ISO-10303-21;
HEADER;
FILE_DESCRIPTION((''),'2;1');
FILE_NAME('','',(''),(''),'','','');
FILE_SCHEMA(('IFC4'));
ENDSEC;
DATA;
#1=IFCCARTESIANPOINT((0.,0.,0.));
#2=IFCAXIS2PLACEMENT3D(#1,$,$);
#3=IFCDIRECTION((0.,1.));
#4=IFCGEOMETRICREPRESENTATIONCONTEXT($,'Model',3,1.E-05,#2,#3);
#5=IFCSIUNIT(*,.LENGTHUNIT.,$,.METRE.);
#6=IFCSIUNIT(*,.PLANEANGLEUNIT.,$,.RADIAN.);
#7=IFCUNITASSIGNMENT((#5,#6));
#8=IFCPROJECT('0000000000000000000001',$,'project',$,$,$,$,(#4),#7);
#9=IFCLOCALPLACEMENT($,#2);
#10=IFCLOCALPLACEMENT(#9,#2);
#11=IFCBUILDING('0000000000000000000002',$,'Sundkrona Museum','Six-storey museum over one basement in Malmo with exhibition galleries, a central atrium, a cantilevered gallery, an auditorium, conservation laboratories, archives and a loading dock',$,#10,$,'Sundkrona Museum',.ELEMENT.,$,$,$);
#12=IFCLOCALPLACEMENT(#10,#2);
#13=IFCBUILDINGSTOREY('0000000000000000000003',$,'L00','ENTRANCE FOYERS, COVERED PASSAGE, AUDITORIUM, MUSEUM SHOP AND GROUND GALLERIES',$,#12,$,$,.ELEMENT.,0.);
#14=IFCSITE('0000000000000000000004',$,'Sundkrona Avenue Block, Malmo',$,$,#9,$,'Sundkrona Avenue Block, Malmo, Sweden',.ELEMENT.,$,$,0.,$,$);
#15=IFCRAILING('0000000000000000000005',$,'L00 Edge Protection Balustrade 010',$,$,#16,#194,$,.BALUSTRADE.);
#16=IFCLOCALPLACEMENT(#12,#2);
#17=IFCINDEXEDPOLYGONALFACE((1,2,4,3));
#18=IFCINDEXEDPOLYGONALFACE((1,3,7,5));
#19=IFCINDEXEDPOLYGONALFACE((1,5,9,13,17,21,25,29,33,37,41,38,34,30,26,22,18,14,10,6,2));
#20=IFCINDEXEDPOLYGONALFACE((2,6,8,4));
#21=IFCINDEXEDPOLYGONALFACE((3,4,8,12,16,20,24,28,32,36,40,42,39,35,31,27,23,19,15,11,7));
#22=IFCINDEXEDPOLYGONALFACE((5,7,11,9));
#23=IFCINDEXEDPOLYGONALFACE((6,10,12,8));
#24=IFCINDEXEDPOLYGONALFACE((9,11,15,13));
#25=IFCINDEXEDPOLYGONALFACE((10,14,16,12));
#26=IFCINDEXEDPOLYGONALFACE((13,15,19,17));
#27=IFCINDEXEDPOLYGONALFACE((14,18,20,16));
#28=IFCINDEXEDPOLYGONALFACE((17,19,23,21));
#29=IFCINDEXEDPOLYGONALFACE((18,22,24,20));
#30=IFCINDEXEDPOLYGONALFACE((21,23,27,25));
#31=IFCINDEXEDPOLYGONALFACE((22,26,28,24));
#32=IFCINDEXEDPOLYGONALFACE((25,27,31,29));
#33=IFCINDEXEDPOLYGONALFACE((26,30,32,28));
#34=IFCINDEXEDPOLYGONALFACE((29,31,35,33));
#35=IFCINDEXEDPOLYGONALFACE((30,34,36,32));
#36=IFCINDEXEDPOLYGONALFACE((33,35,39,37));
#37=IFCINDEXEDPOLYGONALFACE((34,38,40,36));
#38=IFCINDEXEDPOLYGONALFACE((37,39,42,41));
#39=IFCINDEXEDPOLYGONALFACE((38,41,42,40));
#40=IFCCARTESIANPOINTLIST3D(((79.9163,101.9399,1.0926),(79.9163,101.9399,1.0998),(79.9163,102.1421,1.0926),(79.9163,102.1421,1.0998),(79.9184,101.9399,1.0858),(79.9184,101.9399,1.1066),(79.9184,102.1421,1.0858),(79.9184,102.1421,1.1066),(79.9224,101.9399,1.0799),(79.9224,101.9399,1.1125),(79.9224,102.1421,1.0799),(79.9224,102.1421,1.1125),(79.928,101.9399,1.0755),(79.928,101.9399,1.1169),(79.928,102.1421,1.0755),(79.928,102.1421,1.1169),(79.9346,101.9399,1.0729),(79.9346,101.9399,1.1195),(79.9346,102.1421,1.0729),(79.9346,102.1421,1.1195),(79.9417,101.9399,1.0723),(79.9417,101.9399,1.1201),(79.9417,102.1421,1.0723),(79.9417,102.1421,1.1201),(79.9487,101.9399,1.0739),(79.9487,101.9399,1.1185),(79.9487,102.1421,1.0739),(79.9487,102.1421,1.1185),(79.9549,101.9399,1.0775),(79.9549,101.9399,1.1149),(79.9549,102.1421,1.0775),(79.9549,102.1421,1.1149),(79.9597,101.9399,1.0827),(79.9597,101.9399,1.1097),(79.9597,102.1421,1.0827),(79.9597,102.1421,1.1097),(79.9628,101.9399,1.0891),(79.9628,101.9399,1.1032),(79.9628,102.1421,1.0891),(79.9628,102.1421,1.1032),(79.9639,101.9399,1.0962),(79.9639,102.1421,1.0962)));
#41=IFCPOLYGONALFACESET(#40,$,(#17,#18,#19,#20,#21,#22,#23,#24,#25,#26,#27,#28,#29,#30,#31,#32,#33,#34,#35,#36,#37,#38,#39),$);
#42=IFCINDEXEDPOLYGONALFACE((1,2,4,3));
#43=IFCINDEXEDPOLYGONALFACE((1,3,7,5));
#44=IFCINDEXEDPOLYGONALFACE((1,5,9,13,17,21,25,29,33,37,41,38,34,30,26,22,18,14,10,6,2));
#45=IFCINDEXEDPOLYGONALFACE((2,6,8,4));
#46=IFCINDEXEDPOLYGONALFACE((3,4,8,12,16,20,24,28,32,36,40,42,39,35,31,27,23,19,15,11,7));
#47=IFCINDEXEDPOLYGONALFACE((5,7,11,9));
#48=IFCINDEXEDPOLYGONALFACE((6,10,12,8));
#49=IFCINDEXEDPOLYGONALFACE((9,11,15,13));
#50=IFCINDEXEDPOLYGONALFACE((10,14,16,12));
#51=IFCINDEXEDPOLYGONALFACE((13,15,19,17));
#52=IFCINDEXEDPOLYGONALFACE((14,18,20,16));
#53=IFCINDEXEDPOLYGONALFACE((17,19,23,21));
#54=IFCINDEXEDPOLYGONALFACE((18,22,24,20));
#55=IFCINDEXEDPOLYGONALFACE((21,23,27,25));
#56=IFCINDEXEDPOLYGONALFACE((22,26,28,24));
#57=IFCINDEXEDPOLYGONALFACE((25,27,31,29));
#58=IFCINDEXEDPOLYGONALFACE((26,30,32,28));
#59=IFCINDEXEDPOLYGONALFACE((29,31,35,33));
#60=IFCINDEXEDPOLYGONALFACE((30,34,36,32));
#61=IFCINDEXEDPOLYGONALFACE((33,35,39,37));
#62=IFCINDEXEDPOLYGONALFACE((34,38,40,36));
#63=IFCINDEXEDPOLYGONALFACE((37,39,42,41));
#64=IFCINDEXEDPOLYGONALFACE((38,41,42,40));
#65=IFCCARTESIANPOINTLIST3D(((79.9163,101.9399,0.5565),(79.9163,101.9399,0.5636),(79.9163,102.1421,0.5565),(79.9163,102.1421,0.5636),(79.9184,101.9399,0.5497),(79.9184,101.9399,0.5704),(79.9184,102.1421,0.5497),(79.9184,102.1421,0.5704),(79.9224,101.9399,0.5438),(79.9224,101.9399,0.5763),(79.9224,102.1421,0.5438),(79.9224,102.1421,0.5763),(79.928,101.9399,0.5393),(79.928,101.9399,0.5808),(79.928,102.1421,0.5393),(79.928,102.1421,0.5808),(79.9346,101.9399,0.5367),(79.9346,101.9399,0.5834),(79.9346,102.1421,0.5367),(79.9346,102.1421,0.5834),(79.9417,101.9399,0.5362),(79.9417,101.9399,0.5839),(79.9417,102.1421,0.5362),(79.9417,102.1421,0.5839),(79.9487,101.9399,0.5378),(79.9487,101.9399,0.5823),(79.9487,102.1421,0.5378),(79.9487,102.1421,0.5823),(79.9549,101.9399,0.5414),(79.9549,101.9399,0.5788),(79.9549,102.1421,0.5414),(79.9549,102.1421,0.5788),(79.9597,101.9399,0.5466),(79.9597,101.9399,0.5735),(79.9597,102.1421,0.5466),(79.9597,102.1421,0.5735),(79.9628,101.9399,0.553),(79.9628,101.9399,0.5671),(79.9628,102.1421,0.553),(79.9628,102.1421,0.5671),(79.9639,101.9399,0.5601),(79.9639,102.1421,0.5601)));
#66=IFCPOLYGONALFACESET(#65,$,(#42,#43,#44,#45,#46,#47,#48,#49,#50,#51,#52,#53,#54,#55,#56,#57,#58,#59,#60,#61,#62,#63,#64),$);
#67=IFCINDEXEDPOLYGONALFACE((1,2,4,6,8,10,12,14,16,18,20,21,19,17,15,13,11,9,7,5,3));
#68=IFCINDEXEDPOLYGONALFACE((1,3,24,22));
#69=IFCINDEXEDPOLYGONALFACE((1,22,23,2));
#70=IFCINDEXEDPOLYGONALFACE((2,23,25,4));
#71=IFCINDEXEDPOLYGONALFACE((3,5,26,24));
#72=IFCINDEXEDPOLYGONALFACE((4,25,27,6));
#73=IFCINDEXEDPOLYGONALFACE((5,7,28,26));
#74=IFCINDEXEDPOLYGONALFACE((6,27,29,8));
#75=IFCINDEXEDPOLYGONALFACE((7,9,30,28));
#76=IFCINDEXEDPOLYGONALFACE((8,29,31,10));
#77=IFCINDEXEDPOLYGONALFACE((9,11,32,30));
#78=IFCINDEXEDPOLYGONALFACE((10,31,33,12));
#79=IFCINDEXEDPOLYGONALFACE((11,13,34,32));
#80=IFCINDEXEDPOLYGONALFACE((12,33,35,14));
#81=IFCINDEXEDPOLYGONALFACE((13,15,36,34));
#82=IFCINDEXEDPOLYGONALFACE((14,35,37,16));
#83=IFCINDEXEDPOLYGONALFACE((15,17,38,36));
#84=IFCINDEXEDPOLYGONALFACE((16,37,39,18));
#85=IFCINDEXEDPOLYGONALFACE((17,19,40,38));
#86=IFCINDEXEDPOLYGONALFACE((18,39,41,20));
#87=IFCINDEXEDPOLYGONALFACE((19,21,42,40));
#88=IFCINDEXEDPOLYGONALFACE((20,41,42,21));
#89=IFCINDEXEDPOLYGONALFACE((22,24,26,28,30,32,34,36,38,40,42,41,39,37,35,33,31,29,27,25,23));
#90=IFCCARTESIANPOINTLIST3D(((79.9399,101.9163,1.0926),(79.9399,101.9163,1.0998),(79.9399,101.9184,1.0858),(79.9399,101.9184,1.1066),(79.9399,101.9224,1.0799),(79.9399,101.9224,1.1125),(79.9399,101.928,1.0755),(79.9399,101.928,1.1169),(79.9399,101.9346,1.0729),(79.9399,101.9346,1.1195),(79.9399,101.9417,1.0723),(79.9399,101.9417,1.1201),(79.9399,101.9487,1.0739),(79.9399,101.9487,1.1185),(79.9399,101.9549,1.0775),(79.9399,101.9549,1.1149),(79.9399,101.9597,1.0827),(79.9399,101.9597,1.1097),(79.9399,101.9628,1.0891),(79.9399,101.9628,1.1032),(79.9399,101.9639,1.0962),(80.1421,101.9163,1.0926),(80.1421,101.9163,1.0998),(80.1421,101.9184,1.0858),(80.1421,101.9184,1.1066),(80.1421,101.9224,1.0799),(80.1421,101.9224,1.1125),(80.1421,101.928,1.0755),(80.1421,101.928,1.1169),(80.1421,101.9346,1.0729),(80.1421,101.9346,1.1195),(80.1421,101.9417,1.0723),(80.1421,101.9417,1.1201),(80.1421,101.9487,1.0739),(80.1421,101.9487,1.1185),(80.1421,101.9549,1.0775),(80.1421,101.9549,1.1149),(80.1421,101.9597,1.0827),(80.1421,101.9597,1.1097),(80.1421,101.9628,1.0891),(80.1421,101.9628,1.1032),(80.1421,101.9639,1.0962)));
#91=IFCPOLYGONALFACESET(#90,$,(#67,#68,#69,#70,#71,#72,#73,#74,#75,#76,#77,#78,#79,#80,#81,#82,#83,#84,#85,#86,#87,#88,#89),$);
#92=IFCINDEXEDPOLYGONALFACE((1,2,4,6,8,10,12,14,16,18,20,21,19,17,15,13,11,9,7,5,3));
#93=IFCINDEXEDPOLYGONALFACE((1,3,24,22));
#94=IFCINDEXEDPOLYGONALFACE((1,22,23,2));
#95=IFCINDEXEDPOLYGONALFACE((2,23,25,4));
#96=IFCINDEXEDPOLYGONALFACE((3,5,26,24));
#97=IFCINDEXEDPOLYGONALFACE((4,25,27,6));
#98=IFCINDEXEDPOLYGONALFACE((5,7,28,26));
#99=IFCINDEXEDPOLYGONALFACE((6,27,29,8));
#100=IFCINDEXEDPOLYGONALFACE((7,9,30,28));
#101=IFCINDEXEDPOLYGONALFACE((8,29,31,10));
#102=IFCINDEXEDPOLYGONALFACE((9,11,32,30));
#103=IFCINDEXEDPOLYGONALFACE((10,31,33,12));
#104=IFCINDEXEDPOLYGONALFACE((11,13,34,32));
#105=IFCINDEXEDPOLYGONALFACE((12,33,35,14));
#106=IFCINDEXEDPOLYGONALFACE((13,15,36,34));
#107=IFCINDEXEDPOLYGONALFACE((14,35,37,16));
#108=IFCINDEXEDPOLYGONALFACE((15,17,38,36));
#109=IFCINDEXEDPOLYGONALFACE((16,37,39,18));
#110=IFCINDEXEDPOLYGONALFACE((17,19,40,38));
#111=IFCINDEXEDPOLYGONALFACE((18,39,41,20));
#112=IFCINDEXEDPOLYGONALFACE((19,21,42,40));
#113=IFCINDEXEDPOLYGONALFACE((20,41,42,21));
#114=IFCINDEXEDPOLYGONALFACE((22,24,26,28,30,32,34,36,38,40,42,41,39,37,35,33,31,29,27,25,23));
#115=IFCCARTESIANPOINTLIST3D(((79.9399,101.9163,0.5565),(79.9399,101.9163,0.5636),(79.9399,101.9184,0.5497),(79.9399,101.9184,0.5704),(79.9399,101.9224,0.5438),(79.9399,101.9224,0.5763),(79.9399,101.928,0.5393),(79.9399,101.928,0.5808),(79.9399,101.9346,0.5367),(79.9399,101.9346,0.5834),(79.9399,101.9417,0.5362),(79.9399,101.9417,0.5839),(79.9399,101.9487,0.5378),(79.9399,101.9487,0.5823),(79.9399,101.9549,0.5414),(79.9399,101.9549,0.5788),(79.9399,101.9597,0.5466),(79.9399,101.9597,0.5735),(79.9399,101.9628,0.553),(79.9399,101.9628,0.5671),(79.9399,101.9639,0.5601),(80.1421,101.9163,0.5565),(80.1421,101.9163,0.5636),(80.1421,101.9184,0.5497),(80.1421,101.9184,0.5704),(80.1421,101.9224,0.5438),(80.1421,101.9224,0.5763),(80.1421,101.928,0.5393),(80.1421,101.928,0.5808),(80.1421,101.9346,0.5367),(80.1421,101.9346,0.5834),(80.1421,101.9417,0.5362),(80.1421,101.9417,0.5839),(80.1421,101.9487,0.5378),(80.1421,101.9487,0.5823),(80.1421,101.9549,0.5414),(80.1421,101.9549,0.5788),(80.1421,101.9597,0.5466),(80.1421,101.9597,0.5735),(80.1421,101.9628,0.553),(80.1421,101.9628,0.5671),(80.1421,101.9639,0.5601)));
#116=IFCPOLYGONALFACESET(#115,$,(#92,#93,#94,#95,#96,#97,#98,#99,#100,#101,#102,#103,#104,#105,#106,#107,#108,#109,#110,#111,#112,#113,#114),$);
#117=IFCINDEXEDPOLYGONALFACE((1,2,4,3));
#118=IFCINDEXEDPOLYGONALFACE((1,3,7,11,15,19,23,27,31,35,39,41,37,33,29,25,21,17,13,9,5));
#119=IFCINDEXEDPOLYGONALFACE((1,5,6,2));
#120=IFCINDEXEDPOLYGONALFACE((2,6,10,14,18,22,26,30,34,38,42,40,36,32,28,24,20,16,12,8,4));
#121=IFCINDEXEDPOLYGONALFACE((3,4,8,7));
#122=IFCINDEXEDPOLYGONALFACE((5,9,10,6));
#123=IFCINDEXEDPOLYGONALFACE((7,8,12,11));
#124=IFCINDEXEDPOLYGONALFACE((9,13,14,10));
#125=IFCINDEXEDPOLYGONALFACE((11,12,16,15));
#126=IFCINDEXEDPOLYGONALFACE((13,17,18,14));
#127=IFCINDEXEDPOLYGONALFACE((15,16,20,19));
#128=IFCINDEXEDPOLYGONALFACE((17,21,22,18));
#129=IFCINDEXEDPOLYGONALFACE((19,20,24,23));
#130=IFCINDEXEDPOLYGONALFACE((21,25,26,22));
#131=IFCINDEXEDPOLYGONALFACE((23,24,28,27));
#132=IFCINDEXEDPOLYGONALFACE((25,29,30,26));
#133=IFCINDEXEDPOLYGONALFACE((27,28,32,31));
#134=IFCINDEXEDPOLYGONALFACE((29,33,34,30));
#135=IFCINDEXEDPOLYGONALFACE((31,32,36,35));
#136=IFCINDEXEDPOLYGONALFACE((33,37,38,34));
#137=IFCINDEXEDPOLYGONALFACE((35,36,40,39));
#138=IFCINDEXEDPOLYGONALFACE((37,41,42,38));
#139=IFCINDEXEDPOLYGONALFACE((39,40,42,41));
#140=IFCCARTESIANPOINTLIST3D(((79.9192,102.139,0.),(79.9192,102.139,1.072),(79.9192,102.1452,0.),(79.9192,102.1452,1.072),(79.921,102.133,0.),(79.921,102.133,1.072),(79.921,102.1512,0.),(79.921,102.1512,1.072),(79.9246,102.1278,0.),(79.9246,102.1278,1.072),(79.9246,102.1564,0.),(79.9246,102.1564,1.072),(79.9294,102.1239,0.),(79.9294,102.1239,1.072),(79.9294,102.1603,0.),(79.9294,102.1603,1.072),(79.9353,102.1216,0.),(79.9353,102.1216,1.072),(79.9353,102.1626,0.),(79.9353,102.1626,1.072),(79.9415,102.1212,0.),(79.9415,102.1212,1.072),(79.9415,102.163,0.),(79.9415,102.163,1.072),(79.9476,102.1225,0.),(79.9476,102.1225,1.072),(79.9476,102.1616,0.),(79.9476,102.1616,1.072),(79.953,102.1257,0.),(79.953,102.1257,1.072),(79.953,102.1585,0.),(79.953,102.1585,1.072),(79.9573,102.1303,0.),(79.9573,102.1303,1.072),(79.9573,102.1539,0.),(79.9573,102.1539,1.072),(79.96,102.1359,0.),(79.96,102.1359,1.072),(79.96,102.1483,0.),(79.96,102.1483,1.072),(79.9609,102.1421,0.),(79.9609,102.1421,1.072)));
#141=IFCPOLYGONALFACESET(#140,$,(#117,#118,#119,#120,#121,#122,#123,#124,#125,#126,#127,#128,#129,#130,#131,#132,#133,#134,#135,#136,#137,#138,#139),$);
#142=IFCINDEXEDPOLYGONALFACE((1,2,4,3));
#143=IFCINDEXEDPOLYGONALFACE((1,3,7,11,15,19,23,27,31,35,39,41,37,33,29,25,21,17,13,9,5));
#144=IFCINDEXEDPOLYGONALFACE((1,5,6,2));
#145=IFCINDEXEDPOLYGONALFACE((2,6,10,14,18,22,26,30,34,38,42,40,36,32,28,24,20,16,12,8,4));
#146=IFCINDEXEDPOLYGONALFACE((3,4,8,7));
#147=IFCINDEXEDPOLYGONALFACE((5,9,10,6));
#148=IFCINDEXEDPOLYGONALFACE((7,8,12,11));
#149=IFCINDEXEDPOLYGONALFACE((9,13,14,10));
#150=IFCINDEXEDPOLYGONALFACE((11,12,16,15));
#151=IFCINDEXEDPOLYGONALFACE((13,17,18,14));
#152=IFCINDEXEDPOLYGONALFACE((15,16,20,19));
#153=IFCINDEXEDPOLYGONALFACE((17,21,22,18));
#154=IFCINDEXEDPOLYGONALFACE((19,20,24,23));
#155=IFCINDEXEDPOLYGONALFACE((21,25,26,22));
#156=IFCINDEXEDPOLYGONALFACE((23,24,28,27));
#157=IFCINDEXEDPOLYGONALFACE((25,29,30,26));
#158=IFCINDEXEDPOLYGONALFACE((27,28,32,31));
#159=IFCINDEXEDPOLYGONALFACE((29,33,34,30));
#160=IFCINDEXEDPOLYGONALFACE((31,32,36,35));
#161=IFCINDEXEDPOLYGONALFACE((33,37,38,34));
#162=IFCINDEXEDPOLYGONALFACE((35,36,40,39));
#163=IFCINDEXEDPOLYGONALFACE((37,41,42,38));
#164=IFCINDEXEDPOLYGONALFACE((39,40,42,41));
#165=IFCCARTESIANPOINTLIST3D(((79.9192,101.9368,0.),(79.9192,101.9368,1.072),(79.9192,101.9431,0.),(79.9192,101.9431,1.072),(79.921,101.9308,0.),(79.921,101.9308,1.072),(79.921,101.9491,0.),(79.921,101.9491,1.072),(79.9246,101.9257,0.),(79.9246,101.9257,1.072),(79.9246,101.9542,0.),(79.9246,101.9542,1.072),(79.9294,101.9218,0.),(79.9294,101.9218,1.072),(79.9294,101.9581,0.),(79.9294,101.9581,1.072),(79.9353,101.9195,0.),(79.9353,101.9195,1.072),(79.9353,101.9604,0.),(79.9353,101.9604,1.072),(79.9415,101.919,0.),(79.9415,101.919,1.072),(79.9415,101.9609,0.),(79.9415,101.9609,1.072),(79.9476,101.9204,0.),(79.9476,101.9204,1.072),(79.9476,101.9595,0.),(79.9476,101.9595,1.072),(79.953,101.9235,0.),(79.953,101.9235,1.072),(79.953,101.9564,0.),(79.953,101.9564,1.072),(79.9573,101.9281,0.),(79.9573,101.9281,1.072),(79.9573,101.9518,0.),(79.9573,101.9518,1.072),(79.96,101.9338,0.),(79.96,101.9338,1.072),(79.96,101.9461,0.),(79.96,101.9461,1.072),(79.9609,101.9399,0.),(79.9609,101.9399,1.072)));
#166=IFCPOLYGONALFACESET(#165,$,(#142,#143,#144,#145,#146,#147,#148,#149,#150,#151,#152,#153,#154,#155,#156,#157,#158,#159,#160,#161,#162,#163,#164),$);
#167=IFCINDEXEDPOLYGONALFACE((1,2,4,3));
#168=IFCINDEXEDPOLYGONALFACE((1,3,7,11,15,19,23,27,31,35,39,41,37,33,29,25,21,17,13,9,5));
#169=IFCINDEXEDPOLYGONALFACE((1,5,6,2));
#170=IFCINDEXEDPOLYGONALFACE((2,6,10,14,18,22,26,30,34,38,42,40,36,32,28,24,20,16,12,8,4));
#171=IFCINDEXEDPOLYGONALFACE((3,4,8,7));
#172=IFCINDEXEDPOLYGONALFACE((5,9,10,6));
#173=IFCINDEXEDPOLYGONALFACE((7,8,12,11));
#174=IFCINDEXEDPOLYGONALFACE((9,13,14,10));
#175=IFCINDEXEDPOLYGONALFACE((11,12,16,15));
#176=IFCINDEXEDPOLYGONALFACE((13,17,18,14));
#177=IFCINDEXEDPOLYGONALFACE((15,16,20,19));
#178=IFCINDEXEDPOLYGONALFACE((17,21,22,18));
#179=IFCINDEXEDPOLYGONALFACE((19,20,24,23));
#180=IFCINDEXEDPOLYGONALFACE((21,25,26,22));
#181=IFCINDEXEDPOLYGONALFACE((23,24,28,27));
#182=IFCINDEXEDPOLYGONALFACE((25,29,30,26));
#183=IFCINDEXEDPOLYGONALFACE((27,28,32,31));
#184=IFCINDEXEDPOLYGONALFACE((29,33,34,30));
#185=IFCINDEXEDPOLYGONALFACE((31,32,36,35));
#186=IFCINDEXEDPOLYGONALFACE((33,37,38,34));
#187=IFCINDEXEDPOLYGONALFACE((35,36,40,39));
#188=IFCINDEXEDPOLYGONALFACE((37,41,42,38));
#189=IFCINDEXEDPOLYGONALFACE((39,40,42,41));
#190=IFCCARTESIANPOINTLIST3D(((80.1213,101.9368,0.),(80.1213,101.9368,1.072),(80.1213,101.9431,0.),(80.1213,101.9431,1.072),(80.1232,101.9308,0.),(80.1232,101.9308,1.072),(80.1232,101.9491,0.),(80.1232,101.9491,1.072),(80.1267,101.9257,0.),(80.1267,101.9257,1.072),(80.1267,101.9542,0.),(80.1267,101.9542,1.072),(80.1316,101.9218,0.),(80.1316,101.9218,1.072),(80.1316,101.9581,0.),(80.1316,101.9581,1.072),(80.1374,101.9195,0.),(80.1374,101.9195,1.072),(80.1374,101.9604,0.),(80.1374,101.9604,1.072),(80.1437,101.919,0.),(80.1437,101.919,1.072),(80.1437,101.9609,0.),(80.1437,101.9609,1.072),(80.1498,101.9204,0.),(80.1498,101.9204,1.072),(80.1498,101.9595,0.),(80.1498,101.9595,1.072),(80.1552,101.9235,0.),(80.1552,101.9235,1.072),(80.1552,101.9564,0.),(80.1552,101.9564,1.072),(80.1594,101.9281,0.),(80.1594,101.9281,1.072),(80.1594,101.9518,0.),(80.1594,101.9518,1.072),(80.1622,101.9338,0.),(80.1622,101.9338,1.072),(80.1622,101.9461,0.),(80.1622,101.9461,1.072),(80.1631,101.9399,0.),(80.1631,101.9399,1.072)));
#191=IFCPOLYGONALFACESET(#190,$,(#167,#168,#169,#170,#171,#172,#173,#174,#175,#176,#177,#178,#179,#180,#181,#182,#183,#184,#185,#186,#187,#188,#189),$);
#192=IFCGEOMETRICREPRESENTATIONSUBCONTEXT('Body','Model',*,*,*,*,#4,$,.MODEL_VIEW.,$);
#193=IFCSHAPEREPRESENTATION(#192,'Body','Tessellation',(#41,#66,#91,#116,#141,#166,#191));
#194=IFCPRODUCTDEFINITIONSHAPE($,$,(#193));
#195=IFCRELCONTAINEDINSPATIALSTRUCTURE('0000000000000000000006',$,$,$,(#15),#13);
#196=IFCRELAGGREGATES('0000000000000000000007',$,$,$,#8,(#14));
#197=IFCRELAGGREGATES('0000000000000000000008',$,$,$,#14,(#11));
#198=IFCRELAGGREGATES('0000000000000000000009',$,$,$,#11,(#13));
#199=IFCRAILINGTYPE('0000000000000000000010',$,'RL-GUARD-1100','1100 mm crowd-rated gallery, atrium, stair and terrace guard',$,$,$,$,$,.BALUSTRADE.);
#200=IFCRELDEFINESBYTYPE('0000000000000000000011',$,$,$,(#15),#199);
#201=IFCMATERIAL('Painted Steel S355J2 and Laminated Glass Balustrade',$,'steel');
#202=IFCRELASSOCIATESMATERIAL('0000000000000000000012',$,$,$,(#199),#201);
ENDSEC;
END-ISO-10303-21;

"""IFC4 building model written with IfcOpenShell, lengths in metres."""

from ifc_helpers import new_model, si_unit, direction, frame, origin, origin_2d, place, context, subcontext, project, spatial, circle, extrude, material, type_object, element, save


model = new_model("IFC4")

# Units and contexts
model_context = context("Model", 3, precision=1e-05, world=origin(), true_north=direction((0.0, 1.0)))
body_context = subcontext(model_context, "Body", "Model", "MODEL_VIEW")
ifc_project = project(units=[si_unit("LENGTHUNIT", "METRE"), si_unit("PLANEANGLEUNIT", "RADIAN")], contexts=[model_context])

# Site, building, storey
site_placement = place(None, origin())
site = spatial("IfcSite", under=ifc_project, at=site_placement, Name="Sundkrona Avenue Block, Malmo", LongName="Sundkrona Avenue Block, Malmo, Sweden", CompositionType="ELEMENT", RefElevation=0.0)
building_placement = place(site_placement, origin())
building = spatial("IfcBuilding", under=site, at=building_placement, Name="Sundkrona Museum", Description="Six-storey museum over one basement in Malmo with exhibition galleries, a central atrium, a cantilevered gallery, an auditorium, conservation laboratories, archives and a loading dock", LongName="Sundkrona Museum", CompositionType="ELEMENT")
storey_placement = place(building_placement, origin())
storey = spatial("IfcBuildingStorey", under=building, at=storey_placement, Name="L00", Description="ENTRANCE FOYERS, COVERED PASSAGE, AUDITORIUM, MUSEUM SHOP AND GROUND GALLERIES", CompositionType="ELEMENT", Elevation=0.0)

# Railing
ifc_material_1 = material(Name="Painted Steel S355J2 and Laminated Glass Balustrade", Category="steel")
railing_type = type_object("IfcRailingType", Name="RL-GUARD-1100", Description="1100 mm crowd-rated gallery, atrium, stair and terrace guard", PredefinedType="BALUSTRADE", material=ifc_material_1)
railing_placement = place(storey_placement, frame((79.9399, 102.1421, 0.0)))
element("IfcRailing", 1, at=railing_placement, inside=storey, type_object=railing_type, Name="L00 Edge Protection Balustrade 010", PredefinedType="BALUSTRADE", context=body_context, shape_type="SweptSolid", body=[
    extrude(circle(Radius=0.0239, at=origin_2d()), frame((0.0, 0.0, 1.0962), z_axis=(0.0, -1.0, 0.0), x_axis=(1.0, 0.0, 0.0)), (0.0, 0.0, 1.0), 0.2021),
    extrude(circle(Radius=0.0239, at=origin_2d()), frame((0.0, 0.0, 0.5601), z_axis=(0.0, -1.0, 0.0), x_axis=(1.0, 0.0, 0.0)), (0.0, 0.0, 1.0), 0.2021),
    extrude(circle(Radius=0.0239, at=origin_2d()), frame((0.0, -0.2021, 1.0962), z_axis=(1.0, 0.0, 0.0), x_axis=(0.0, 1.0, 0.0)), (0.0, 0.0, 1.0), 0.2021),
    extrude(circle(Radius=0.0239, at=origin_2d()), frame((0.0, -0.2021, 0.5601), z_axis=(1.0, 0.0, 0.0), x_axis=(0.0, 1.0, 0.0)), (0.0, 0.0, 1.0), 0.2021),
    extrude(circle(Radius=0.021, at=origin_2d()), origin(), (0.0, 0.0, 1.0), 1.072),
    extrude(circle(Radius=0.021, at=origin_2d()), frame((0.0, -0.2021, 0.0)), (0.0, 0.0, 1.0), 1.072),
    extrude(circle(Radius=0.021, at=origin_2d()), frame((0.2021, -0.2021, 0.0)), (0.0, 0.0, 1.0), 1.072),
])

save(model, "model.ifc")
